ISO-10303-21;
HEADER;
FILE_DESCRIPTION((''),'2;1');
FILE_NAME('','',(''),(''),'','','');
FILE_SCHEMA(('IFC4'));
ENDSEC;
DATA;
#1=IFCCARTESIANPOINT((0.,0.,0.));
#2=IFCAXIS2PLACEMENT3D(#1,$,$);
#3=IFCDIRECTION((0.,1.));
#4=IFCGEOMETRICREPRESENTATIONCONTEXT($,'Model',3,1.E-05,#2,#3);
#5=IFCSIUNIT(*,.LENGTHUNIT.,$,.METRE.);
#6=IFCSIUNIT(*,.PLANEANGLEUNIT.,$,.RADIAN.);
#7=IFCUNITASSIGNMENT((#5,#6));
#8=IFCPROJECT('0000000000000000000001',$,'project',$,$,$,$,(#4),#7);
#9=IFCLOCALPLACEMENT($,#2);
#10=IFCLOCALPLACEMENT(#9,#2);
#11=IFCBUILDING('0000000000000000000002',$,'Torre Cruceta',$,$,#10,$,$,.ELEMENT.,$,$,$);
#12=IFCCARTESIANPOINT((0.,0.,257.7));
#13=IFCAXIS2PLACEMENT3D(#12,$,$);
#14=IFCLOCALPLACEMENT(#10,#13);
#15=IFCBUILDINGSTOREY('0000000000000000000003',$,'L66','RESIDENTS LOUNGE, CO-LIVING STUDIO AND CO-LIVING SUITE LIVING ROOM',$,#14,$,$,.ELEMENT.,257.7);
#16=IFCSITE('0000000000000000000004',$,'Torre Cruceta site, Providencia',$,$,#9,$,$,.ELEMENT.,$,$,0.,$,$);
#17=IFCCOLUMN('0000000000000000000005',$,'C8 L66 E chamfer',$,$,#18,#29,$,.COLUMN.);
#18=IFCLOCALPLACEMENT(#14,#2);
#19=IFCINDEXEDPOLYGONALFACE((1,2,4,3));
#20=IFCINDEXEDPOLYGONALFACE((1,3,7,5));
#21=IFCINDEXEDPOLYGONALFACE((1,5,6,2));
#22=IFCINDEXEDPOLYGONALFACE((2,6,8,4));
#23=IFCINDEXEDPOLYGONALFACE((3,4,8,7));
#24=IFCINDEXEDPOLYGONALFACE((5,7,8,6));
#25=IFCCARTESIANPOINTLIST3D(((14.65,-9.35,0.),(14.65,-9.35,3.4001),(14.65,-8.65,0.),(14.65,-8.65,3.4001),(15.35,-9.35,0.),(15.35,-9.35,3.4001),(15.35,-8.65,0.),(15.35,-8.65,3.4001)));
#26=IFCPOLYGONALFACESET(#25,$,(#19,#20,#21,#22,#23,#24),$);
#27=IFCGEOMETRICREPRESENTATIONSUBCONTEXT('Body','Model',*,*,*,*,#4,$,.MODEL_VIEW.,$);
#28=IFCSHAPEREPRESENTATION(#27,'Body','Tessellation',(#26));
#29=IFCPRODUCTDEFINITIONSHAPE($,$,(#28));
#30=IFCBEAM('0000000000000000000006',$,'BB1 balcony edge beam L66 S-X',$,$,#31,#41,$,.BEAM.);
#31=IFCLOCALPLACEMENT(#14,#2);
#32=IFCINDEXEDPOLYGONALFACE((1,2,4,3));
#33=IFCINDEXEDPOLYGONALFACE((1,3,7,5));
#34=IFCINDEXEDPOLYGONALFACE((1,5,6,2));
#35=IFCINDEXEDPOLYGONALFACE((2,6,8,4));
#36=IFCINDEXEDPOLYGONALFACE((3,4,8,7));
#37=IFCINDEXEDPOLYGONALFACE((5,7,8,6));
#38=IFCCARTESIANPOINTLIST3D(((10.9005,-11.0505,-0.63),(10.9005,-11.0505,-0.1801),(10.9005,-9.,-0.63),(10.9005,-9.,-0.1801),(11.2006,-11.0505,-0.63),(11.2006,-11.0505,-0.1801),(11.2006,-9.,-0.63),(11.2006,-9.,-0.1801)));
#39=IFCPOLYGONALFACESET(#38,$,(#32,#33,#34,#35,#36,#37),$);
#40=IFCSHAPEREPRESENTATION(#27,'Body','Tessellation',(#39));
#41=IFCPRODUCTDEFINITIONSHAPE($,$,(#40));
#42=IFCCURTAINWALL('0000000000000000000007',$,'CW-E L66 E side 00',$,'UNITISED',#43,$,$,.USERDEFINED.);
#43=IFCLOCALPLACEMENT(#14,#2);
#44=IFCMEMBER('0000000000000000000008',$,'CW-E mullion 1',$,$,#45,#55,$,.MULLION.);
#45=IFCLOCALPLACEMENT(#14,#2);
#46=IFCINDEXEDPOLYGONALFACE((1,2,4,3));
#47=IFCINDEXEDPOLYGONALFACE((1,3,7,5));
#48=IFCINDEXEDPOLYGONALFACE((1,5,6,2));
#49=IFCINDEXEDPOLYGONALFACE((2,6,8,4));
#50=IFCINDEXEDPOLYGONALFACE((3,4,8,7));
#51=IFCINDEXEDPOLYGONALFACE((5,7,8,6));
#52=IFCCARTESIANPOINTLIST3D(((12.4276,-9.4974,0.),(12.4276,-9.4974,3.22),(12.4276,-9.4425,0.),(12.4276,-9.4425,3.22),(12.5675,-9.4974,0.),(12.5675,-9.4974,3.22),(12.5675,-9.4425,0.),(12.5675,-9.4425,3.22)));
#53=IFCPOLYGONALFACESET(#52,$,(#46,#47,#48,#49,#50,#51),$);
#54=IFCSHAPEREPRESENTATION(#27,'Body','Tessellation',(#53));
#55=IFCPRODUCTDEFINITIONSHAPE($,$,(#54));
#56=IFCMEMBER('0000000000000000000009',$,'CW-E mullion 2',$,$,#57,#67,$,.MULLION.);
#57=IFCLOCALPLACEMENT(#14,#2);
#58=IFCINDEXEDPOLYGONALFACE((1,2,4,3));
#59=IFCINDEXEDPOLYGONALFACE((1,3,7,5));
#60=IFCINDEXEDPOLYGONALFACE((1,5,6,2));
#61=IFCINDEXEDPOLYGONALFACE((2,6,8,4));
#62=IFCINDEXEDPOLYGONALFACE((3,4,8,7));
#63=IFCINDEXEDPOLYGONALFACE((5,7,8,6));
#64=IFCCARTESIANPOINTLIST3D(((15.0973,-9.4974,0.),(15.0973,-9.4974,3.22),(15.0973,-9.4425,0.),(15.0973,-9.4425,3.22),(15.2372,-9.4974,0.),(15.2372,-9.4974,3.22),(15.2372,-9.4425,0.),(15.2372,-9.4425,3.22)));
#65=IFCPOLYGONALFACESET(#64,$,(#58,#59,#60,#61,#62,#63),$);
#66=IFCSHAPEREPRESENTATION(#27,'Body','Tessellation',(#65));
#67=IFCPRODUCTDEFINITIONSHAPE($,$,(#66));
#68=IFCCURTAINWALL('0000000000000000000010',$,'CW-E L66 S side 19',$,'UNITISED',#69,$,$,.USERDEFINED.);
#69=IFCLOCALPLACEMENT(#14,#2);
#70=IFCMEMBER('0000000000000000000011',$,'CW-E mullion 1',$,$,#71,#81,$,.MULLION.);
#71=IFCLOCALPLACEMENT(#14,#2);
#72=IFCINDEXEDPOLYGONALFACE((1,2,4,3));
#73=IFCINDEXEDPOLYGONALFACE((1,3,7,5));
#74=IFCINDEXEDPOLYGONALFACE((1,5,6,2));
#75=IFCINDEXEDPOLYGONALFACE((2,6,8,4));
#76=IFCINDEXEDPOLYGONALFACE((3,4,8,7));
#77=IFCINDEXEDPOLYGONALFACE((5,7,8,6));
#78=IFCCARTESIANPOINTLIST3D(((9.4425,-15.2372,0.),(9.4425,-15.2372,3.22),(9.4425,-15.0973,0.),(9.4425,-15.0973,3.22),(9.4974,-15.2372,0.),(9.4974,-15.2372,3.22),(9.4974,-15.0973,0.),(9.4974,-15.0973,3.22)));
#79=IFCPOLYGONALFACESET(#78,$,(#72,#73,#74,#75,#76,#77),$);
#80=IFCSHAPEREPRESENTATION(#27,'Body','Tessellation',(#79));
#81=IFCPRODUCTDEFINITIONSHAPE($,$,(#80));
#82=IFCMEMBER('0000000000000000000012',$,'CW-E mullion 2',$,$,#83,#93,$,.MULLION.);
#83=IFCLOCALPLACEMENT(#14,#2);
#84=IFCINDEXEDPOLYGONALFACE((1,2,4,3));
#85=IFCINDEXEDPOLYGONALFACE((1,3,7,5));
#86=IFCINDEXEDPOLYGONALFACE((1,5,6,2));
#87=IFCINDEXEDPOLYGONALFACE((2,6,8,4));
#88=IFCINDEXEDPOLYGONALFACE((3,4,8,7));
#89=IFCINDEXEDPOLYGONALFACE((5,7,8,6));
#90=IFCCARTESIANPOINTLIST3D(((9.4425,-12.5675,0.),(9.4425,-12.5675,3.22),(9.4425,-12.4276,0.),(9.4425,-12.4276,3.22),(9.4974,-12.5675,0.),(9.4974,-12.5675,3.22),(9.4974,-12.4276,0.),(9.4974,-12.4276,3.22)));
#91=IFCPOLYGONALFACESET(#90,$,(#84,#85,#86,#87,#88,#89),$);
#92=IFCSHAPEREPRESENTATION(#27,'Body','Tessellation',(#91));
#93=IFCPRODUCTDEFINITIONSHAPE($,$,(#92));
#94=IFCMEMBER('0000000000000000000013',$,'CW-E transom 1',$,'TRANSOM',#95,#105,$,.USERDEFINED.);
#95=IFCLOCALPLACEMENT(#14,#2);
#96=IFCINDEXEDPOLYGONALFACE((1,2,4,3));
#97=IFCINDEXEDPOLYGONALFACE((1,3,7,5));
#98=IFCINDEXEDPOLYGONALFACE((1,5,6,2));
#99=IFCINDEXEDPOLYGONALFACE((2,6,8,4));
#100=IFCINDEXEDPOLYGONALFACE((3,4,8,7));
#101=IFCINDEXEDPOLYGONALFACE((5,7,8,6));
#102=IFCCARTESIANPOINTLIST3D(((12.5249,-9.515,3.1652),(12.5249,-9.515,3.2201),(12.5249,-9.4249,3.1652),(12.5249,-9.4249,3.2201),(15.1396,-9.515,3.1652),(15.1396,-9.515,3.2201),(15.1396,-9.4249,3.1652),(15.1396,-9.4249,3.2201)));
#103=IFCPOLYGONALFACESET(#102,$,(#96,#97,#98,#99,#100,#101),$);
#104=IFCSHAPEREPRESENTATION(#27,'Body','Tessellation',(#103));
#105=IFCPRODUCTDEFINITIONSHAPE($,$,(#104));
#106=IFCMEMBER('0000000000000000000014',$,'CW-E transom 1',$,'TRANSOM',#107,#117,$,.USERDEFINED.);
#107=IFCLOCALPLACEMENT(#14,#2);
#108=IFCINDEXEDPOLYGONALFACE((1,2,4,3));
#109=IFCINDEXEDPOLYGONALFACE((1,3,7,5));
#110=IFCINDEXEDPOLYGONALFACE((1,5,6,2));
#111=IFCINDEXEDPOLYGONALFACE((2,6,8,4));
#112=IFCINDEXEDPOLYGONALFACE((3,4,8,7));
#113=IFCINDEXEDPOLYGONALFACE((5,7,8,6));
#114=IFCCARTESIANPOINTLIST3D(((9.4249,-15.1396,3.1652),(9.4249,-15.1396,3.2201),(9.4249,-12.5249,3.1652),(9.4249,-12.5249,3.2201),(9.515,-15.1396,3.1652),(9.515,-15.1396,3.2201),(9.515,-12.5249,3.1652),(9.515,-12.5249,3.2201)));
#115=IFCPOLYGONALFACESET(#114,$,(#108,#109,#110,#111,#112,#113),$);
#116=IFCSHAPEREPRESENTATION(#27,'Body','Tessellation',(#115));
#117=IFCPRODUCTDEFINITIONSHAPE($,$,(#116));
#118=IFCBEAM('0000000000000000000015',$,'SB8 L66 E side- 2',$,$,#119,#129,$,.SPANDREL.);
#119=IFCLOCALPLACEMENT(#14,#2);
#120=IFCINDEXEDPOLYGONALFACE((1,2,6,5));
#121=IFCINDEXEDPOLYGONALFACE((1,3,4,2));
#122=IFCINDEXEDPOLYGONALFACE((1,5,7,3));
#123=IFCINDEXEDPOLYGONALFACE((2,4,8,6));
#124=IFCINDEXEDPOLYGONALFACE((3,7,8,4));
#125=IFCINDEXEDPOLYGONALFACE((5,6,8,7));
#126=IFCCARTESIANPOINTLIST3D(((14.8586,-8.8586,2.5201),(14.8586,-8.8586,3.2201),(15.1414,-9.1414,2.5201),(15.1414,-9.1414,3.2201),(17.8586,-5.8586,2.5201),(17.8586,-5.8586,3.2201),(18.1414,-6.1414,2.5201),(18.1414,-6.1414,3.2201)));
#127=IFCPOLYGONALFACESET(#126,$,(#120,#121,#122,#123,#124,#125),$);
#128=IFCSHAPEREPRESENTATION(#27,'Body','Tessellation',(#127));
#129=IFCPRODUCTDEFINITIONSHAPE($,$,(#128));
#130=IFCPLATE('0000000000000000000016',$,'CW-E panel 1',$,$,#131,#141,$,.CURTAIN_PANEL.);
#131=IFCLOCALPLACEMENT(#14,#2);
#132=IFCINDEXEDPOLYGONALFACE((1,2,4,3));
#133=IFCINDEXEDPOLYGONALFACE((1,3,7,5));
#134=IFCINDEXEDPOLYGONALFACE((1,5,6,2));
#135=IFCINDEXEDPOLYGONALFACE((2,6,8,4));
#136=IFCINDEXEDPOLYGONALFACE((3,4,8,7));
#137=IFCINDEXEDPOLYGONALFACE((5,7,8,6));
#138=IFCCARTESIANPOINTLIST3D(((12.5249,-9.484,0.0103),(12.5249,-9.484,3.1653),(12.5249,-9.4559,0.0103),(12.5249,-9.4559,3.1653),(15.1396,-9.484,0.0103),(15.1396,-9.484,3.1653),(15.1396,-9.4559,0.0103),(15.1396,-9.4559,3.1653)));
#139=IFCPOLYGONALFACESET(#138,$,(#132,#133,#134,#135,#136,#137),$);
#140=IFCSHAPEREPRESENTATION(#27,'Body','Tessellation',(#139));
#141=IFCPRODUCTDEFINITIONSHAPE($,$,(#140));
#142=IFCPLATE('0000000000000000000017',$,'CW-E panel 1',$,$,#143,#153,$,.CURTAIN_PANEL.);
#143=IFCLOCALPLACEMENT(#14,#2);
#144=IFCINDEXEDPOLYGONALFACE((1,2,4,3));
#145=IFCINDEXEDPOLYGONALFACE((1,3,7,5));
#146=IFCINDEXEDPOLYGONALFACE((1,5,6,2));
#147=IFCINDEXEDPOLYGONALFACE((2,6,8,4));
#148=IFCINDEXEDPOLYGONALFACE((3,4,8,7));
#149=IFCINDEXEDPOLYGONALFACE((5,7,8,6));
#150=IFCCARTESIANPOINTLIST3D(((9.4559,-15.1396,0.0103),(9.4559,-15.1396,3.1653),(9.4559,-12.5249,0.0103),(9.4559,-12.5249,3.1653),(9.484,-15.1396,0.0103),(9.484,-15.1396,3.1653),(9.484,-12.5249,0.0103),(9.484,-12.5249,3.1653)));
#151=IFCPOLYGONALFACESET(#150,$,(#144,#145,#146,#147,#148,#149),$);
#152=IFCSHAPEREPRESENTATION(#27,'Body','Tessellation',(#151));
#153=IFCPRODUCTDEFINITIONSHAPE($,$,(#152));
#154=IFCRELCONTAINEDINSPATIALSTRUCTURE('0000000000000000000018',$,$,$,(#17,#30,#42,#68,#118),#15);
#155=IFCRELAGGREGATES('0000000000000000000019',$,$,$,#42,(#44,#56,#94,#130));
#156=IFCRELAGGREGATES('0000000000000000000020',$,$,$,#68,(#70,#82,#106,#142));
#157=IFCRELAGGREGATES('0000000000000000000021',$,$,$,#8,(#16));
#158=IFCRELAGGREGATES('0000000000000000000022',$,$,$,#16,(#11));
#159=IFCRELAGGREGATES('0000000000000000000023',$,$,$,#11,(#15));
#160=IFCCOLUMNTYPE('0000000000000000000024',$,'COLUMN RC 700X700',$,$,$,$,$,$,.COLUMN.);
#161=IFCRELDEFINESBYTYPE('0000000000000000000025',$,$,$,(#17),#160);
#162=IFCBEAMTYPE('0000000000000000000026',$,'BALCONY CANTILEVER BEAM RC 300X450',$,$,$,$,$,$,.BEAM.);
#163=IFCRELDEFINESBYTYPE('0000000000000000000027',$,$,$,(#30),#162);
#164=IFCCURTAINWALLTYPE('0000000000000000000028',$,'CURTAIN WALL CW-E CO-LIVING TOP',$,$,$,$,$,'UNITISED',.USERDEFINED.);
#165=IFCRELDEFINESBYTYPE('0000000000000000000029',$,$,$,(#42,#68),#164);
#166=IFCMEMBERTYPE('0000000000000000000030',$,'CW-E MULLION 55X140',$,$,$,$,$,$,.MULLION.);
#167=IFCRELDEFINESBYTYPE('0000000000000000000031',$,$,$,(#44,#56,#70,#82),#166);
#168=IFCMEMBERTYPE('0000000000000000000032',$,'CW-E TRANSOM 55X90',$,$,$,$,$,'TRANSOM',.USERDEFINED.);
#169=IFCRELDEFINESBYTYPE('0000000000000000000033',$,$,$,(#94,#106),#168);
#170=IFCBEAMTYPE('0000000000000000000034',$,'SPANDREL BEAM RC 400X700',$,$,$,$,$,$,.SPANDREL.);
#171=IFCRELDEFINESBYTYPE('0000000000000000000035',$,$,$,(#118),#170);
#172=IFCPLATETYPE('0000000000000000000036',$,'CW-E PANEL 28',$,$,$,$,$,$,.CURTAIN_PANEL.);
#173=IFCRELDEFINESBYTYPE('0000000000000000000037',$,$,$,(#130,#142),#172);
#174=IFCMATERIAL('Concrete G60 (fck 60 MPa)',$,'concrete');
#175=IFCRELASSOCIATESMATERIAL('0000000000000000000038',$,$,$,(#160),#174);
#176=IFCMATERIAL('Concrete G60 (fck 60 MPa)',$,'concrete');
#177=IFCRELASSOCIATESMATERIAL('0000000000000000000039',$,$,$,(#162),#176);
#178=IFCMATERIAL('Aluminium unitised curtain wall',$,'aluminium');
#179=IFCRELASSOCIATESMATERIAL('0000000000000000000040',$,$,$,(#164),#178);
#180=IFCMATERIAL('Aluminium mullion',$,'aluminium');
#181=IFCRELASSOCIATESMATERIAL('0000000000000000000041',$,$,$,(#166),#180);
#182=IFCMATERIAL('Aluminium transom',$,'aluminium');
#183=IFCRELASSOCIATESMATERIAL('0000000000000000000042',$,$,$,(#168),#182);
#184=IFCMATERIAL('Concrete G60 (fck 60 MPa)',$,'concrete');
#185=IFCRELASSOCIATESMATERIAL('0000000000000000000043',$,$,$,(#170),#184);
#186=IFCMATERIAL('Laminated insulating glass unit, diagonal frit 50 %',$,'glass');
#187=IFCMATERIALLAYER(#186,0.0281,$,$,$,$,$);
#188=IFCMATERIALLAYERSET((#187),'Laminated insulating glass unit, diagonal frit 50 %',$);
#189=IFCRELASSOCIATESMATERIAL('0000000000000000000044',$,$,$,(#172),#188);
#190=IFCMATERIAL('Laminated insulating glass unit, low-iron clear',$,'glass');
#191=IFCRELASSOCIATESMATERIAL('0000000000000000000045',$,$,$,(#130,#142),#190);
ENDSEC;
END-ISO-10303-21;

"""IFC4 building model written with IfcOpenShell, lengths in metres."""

from ifc_helpers import new_model, si_unit, direction, frame, origin, origin_2d, place, context, subcontext, project, spatial, rectangle, extrude, material, layer, layer_set, material_profile, profile_set, type_object, element, aggregate, save


model = new_model("IFC4")

# Units and contexts
model_context = context("Model", 3, precision=1e-05, world=origin(), true_north=direction((0.0, 1.0)))
body_context = subcontext(model_context, "Body", "Model", "MODEL_VIEW")
ifc_project = project(units=[si_unit("LENGTHUNIT", "METRE"), si_unit("PLANEANGLEUNIT", "RADIAN")], contexts=[model_context])

# Site, building, storey
site_placement = place(None, origin())
site = spatial("IfcSite", under=ifc_project, at=site_placement, Name="Torre Cruceta site, Providencia", CompositionType="ELEMENT", RefElevation=0.0)
building_placement = place(site_placement, origin())
building = spatial("IfcBuilding", under=site, at=building_placement, Name="Torre Cruceta", CompositionType="ELEMENT")
storey_placement = place(building_placement, frame((0.0, 0.0, 257.7)))
storey = spatial("IfcBuildingStorey", under=building, at=storey_placement, Name="L66", Description="RESIDENTS LOUNGE, CO-LIVING STUDIO AND CO-LIVING SUITE LIVING ROOM", CompositionType="ELEMENT", Elevation=257.7)

# Column
ifc_material_1 = material(Name="Concrete G60 (fck 60 MPa)", Category="concrete")
ifc_material_profile_1 = material_profile(ifc_material_1, rectangle(XDim=0.7, YDim=0.7, at=origin_2d()), Name="RC 700X700")
ifc_profile_set_1 = profile_set([ifc_material_profile_1], Name="Concrete G60 (fck 60 MPa)")
column_type = type_object("IfcColumnType", Name="COLUMN RC 700X700", PredefinedType="COLUMN", material=ifc_profile_set_1)
column_placement = place(storey_placement, frame((15.0, -9.0, 0.0), z_axis=(0.0, 0.0, 1.0), x_axis=(1.0, 0.0, 0.0)))
element("IfcColumn", 1, at=column_placement, inside=storey, type_object=column_type, Name="C8 L66 E chamfer", PredefinedType="COLUMN", context=body_context, shape_type="SweptSolid", body=[
    extrude(rectangle(XDim=0.7, YDim=0.7, at=origin_2d()), origin(), (0.0, 0.0, 1.0), 3.4001),
])

# Beam
ifc_material_2 = material(Name="Concrete G60 (fck 60 MPa)", Category="concrete")
ifc_material_profile_2 = material_profile(ifc_material_2, rectangle(XDim=0.3, YDim=0.45, at=origin_2d()), Name="RC 300X450")
ifc_profile_set_2 = profile_set([ifc_material_profile_2], Name="Concrete G60 (fck 60 MPa)")
beam_type_1 = type_object("IfcBeamType", Name="BALCONY CANTILEVER BEAM RC 300X450", PredefinedType="BEAM", material=ifc_profile_set_2)
beam_1_placement = place(storey_placement, frame((11.0505, -9.0, -0.405), z_axis=(0.0, -1.0, 0.0), x_axis=(1.0, 0.0, 0.0)))
element("IfcBeam", 2, at=beam_1_placement, inside=storey, type_object=beam_type_1, Name="BB1 balcony edge beam L66 S-X", PredefinedType="BEAM", context=body_context, shape_type="SweptSolid", body=[
    extrude(rectangle(XDim=0.3, YDim=0.45, at=origin_2d()), origin(), (0.0, 0.0, 1.0), 2.0505),
])

# Curtain walls, members
ifc_material_3 = material(Name="Aluminium unitised curtain wall", Category="aluminium")
curtain_wall_type = type_object("IfcCurtainWallType", Name="CURTAIN WALL CW-E CO-LIVING TOP", ElementType="UNITISED", PredefinedType="USERDEFINED", material=ifc_material_3)
curtain_wall_1_placement = place(storey_placement, origin())
curtain_wall_1 = element("IfcCurtainWall", 3, at=curtain_wall_1_placement, inside=storey, type_object=curtain_wall_type, Name="CW-E L66 E side 00", ObjectType="UNITISED", PredefinedType="USERDEFINED")
ifc_material_4 = material(Name="Aluminium mullion", Category="aluminium")
ifc_material_profile_3 = material_profile(ifc_material_4, rectangle(XDim=0.0549, YDim=0.1399, at=origin_2d()), Name="AL 55X140")
ifc_profile_set_3 = profile_set([ifc_material_profile_3], Name="Aluminium mullion")
member_type_1 = type_object("IfcMemberType", Name="CW-E MULLION 55X140", PredefinedType="MULLION", material=ifc_profile_set_3)
member_1_placement = place(storey_placement, frame((12.4976, -9.47, 0.0), z_axis=(0.0, 0.0, 1.0), x_axis=(0.0, 1.0, 0.0)))
member_1 = element("IfcMember", 4, at=member_1_placement, type_object=member_type_1, Name="CW-E mullion 1", PredefinedType="MULLION", context=body_context, shape_type="SweptSolid", body=[
    extrude(rectangle(XDim=0.0549, YDim=0.1399, at=origin_2d()), origin(), (0.0, 0.0, 1.0), 3.22),
])
member_2_placement = place(storey_placement, frame((15.1672, -9.47, 0.0), z_axis=(0.0, 0.0, 1.0), x_axis=(0.0, 1.0, 0.0)))
member_2 = element("IfcMember", 5, at=member_2_placement, type_object=member_type_1, Name="CW-E mullion 2", PredefinedType="MULLION", context=body_context, shape_type="SweptSolid", body=[
    extrude(rectangle(XDim=0.0549, YDim=0.1399, at=origin_2d()), origin(), (0.0, 0.0, 1.0), 3.22),
])
curtain_wall_2_placement = place(storey_placement, origin())
curtain_wall_2 = element("IfcCurtainWall", 6, at=curtain_wall_2_placement, inside=storey, type_object=curtain_wall_type, Name="CW-E L66 S side 19", ObjectType="UNITISED", PredefinedType="USERDEFINED")
member_3_placement = place(storey_placement, frame((9.47, -15.1672, 0.0), z_axis=(0.0, 0.0, 1.0), x_axis=(-1.0, 0.0, 0.0)))
member_3 = element("IfcMember", 7, at=member_3_placement, type_object=member_type_1, Name="CW-E mullion 1", PredefinedType="MULLION", context=body_context, shape_type="SweptSolid", body=[
    extrude(rectangle(XDim=0.0549, YDim=0.1399, at=origin_2d()), origin(), (0.0, 0.0, 1.0), 3.22),
])
member_4_placement = place(storey_placement, frame((9.47, -12.4976, 0.0), z_axis=(0.0, 0.0, 1.0), x_axis=(-1.0, 0.0, 0.0)))
member_4 = element("IfcMember", 8, at=member_4_placement, type_object=member_type_1, Name="CW-E mullion 2", PredefinedType="MULLION", context=body_context, shape_type="SweptSolid", body=[
    extrude(rectangle(XDim=0.0549, YDim=0.1399, at=origin_2d()), origin(), (0.0, 0.0, 1.0), 3.22),
])

# Members
ifc_material_5 = material(Name="Aluminium transom", Category="aluminium")
ifc_material_profile_4 = material_profile(ifc_material_5, rectangle(XDim=0.0901, YDim=0.0549, at=origin_2d()), Name="AL 90X55")
ifc_profile_set_4 = profile_set([ifc_material_profile_4], Name="Aluminium transom")
member_type_2 = type_object("IfcMemberType", Name="CW-E TRANSOM 55X90", ElementType="TRANSOM", PredefinedType="USERDEFINED", material=ifc_profile_set_4)
member_5_placement = place(storey_placement, frame((12.5249, -9.47, 3.1926), z_axis=(1.0, 0.0, 0.0), x_axis=(0.0, 1.0, 0.0)))
member_5 = element("IfcMember", 9, at=member_5_placement, type_object=member_type_2, Name="CW-E transom 1", ObjectType="TRANSOM", PredefinedType="USERDEFINED", context=body_context, shape_type="SweptSolid", body=[
    extrude(rectangle(XDim=0.0901, YDim=0.0549, at=origin_2d()), origin(), (0.0, 0.0, 1.0), 2.6147),
])
member_6_placement = place(storey_placement, frame((9.47, -15.1396, 3.1926), z_axis=(0.0, 1.0, 0.0), x_axis=(-1.0, 0.0, 0.0)))
member_6 = element("IfcMember", 10, at=member_6_placement, type_object=member_type_2, Name="CW-E transom 1", ObjectType="TRANSOM", PredefinedType="USERDEFINED", context=body_context, shape_type="SweptSolid", body=[
    extrude(rectangle(XDim=0.0901, YDim=0.0549, at=origin_2d()), origin(), (0.0, 0.0, 1.0), 2.6147),
])

# Beam
ifc_material_6 = material(Name="Concrete G60 (fck 60 MPa)", Category="concrete")
ifc_material_profile_5 = material_profile(ifc_material_6, rectangle(XDim=0.3999, YDim=0.7, at=origin_2d()), Name="RC 400X700")
ifc_profile_set_5 = profile_set([ifc_material_profile_5], Name="Concrete G60 (fck 60 MPa)")
beam_type_2 = type_object("IfcBeamType", Name="SPANDREL BEAM RC 400X700", PredefinedType="SPANDREL", material=ifc_profile_set_5)
beam_2_placement = place(storey_placement, frame((15.0, -9.0, 2.8701), z_axis=(0.707107, 0.707107, 0.0), x_axis=(-0.707107, 0.707107, 0.0)))
element("IfcBeam", 11, at=beam_2_placement, inside=storey, type_object=beam_type_2, Name="SB8 L66 E side- 2", PredefinedType="SPANDREL", context=body_context, shape_type="SweptSolid", body=[
    extrude(rectangle(XDim=0.3999, YDim=0.7, at=origin_2d()), origin(), (0.0, 0.0, 1.0), 4.2427),
])

# Plates
ifc_material_7 = material(Name="Laminated insulating glass unit, low-iron clear", Category="glass")
ifc_material_8 = material(Name="Laminated insulating glass unit, diagonal frit 50 %", Category="glass")
ifc_layer_1 = layer(ifc_material_8, 0.0281)
ifc_layer_set_1 = layer_set([ifc_layer_1], Name="Laminated insulating glass unit, diagonal frit 50 %")
plate_type = type_object("IfcPlateType", Name="CW-E PANEL 28", PredefinedType="CURTAIN_PANEL", material=ifc_layer_set_1)
plate_1_placement = place(storey_placement, frame((13.8323, -9.47, 0.0103), z_axis=(0.0, 0.0, 1.0), x_axis=(1.0, 0.0, 0.0)))
plate_1 = element("IfcPlate", 12, at=plate_1_placement, type_object=plate_type, material=ifc_material_7, Name="CW-E panel 1", PredefinedType="CURTAIN_PANEL", context=body_context, shape_type="SweptSolid", body=[
    extrude(rectangle(XDim=2.6147, YDim=0.0281, at=origin_2d()), origin(), (0.0, 0.0, 1.0), 3.155),
])
aggregate(curtain_wall_1, [member_1, member_2, member_5, plate_1])
plate_2_placement = place(storey_placement, frame((9.47, -13.8323, 0.0103), z_axis=(0.0, 0.0, 1.0), x_axis=(0.0, 1.0, 0.0)))
plate_2 = element("IfcPlate", 13, at=plate_2_placement, type_object=plate_type, material=ifc_material_7, Name="CW-E panel 1", PredefinedType="CURTAIN_PANEL", context=body_context, shape_type="SweptSolid", body=[
    extrude(rectangle(XDim=2.6147, YDim=0.0281, at=origin_2d()), origin(), (0.0, 0.0, 1.0), 3.155),
])
aggregate(curtain_wall_2, [member_3, member_4, member_6, plate_2])

save(model, "model.ifc")
